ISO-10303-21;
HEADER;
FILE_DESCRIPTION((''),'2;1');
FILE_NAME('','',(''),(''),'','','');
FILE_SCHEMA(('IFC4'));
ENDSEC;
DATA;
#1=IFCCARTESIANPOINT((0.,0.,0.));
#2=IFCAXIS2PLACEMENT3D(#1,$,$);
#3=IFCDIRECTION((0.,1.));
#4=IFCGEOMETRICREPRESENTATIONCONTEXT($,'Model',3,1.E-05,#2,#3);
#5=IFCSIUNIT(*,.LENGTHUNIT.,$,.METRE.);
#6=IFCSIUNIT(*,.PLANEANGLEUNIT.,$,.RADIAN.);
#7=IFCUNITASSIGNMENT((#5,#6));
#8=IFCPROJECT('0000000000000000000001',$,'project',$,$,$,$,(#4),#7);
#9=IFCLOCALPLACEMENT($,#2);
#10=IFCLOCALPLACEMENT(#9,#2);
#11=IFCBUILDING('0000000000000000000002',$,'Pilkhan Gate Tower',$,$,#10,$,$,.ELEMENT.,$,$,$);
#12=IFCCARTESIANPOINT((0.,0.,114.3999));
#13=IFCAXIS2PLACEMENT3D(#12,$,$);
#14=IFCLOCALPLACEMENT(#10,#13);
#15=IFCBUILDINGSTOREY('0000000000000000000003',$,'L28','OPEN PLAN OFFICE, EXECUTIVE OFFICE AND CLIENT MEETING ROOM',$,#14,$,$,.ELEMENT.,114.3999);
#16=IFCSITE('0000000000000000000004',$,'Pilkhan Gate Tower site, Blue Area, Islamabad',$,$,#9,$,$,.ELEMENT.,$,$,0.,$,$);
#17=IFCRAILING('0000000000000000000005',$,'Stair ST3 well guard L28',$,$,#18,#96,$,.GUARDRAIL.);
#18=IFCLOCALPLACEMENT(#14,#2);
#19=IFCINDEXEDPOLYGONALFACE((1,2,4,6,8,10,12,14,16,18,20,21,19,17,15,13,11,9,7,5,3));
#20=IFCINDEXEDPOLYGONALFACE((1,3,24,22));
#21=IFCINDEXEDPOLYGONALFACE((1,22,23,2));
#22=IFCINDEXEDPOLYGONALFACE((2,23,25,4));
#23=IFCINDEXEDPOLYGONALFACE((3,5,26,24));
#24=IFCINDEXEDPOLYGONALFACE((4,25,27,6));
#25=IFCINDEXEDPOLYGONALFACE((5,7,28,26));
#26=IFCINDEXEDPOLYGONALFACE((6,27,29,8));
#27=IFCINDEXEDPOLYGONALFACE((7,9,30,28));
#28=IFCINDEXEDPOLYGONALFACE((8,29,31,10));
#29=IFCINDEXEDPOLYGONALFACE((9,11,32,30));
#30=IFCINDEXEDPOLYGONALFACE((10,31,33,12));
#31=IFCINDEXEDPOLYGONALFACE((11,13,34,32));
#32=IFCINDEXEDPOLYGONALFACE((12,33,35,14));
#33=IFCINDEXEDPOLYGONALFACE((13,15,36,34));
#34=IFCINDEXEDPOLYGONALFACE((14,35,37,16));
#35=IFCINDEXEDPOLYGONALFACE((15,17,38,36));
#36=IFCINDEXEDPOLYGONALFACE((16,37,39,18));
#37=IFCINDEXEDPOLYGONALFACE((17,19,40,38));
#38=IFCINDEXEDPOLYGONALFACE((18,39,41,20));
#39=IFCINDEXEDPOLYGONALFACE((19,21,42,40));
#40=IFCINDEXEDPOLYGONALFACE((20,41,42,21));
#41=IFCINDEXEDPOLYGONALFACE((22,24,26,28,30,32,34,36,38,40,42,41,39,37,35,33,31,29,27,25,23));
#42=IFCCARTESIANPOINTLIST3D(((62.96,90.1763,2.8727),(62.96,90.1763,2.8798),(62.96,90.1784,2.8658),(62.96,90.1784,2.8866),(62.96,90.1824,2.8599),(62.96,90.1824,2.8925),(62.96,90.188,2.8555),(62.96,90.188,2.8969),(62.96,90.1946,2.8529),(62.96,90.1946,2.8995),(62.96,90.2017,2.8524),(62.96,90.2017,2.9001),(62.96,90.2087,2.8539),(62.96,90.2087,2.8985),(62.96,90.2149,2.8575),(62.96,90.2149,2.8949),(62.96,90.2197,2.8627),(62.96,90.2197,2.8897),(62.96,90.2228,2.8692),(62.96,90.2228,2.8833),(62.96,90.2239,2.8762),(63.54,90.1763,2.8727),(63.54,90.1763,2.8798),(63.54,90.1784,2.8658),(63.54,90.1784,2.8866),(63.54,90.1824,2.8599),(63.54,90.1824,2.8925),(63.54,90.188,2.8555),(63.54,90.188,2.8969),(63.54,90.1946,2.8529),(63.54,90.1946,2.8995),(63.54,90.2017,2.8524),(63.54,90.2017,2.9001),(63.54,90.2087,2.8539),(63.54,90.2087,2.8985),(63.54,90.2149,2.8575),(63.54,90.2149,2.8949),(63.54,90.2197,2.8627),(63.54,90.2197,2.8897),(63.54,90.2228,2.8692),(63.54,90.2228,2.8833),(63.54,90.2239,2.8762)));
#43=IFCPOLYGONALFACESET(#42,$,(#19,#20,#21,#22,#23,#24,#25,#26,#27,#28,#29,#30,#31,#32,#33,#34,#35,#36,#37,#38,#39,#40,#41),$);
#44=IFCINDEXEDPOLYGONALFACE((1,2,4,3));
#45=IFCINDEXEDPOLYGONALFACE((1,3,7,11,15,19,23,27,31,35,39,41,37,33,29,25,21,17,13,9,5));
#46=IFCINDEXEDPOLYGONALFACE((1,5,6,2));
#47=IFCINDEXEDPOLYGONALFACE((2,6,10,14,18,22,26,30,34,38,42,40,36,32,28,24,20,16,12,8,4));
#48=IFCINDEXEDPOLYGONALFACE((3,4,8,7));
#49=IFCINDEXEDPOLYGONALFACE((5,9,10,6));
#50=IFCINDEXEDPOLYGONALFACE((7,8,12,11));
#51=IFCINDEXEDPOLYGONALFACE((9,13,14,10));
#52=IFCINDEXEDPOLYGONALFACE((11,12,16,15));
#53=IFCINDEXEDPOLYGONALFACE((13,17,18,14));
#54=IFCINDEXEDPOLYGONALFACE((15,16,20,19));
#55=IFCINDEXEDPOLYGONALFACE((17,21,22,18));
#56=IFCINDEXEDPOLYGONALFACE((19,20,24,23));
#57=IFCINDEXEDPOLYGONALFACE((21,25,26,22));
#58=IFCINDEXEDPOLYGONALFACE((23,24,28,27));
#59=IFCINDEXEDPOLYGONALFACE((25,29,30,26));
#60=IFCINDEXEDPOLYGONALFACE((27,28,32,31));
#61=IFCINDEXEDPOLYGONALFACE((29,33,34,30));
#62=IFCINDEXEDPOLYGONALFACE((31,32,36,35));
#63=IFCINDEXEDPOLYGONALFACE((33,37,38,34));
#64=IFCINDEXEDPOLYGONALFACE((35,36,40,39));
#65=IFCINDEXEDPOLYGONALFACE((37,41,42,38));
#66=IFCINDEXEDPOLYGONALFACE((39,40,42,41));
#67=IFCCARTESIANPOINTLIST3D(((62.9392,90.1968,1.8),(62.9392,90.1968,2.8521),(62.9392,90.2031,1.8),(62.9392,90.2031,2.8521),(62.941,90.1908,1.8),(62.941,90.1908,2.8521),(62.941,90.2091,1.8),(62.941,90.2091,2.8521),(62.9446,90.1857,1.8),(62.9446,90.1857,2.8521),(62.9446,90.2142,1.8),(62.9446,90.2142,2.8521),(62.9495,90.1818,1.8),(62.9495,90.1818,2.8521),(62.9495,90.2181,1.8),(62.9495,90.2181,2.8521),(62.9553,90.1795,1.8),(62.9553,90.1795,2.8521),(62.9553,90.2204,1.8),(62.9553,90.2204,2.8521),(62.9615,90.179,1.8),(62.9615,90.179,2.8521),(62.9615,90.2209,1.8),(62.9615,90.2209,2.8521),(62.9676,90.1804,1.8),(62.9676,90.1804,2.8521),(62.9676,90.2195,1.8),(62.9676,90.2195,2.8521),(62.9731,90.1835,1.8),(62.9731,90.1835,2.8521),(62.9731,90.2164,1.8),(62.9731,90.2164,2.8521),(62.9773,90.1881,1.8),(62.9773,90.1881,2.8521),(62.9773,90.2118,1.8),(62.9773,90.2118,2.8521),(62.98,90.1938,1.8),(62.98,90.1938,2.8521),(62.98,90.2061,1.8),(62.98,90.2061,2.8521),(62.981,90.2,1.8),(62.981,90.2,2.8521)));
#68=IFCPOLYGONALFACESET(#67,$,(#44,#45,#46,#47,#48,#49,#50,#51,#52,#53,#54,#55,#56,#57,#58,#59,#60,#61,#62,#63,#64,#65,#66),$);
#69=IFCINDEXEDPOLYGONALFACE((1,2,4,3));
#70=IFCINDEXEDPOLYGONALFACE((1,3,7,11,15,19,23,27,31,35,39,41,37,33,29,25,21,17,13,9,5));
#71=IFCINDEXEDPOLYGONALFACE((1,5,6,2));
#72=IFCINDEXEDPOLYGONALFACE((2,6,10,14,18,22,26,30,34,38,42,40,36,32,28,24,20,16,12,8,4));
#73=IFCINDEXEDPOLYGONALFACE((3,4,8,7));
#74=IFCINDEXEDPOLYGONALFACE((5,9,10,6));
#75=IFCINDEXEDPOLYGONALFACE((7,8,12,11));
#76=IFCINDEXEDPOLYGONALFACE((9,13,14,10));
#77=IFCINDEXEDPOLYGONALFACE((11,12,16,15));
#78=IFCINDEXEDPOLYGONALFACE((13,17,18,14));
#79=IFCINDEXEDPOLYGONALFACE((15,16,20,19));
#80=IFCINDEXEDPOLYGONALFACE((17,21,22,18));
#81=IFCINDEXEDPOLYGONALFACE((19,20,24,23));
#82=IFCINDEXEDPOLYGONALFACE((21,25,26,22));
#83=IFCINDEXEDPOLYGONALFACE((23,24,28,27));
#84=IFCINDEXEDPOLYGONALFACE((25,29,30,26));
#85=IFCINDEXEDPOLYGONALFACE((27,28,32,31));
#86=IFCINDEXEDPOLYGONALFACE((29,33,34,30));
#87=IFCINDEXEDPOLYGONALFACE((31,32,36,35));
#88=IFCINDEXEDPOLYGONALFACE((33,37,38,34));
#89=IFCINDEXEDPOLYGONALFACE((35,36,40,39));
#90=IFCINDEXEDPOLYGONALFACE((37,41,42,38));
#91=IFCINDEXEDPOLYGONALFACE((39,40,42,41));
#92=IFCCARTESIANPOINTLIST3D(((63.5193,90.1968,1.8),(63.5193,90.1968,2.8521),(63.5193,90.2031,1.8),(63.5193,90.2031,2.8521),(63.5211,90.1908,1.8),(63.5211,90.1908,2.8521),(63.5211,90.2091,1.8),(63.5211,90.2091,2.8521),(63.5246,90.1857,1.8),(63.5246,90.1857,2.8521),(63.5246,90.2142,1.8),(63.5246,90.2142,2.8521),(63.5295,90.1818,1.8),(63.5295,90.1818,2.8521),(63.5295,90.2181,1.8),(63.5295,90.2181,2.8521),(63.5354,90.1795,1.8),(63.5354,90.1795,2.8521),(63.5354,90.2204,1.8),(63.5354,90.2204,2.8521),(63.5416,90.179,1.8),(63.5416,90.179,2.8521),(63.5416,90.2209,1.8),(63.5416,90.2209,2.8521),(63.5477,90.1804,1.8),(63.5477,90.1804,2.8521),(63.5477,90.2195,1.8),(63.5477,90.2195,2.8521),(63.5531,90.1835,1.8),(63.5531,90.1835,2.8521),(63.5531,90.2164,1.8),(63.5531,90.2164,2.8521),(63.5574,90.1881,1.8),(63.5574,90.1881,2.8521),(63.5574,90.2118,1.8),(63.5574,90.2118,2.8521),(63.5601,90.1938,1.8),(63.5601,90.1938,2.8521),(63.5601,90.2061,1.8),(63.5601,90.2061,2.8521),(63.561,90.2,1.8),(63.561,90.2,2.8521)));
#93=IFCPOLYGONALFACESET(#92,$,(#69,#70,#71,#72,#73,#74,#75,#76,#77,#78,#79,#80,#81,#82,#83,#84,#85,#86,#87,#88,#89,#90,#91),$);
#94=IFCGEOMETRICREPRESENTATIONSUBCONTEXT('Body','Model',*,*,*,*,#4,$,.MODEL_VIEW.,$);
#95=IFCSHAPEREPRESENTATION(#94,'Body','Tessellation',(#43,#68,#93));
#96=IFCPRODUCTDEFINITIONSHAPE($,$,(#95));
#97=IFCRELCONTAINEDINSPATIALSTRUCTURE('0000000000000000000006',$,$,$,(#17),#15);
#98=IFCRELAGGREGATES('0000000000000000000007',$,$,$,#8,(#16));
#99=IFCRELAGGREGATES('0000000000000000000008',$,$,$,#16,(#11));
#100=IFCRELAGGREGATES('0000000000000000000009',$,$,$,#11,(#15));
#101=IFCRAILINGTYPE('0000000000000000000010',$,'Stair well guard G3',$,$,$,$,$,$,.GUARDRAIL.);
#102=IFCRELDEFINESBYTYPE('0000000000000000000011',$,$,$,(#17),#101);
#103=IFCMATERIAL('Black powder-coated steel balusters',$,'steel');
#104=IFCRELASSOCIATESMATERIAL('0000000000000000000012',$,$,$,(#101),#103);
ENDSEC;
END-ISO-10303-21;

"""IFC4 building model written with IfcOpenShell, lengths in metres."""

from ifc_helpers import new_model, si_unit, direction, frame, origin, origin_2d, place, context, subcontext, project, spatial, circle, extrude, material, type_object, element, save


model = new_model("IFC4")

# Units and contexts
model_context = context("Model", 3, precision=1e-05, world=origin(), true_north=direction((0.0, 1.0)))
body_context = subcontext(model_context, "Body", "Model", "MODEL_VIEW")
ifc_project = project(units=[si_unit("LENGTHUNIT", "METRE"), si_unit("PLANEANGLEUNIT", "RADIAN")], contexts=[model_context])

# Site, building, storey
site_placement = place(None, origin())
site = spatial("IfcSite", under=ifc_project, at=site_placement, Name="Pilkhan Gate Tower site, Blue Area, Islamabad", CompositionType="ELEMENT", RefElevation=0.0)
building_placement = place(site_placement, origin())
building = spatial("IfcBuilding", under=site, at=building_placement, Name="Pilkhan Gate Tower", CompositionType="ELEMENT")
storey_placement = place(building_placement, frame((0.0, 0.0, 114.3999)))
storey = spatial("IfcBuildingStorey", under=building, at=storey_placement, Name="L28", Description="OPEN PLAN OFFICE, EXECUTIVE OFFICE AND CLIENT MEETING ROOM", CompositionType="ELEMENT", Elevation=114.3999)

# Railing
ifc_material_1 = material(Name="Black powder-coated steel balusters", Category="steel")
railing_type_1 = type_object("IfcRailingType", Name="Stair well guard G3", PredefinedType="GUARDRAIL", material=ifc_material_1)
for number, where, name in (
    (1, (62.96, 90.2, 1.8), "Stair ST3 well guard L28"),
):
    element("IfcRailing", number, at=place(storey_placement, frame(where)), inside=storey, type_object=railing_type_1, Name=name, PredefinedType="GUARDRAIL", context=body_context, shape_type="SweptSolid", body=[
        extrude(circle(Radius=0.0239, at=origin_2d()), frame((0.0, 0.0, 1.0762), z_axis=(1.0, 0.0, 0.0), x_axis=(0.0, 1.0, 0.0)), (0.0, 0.0, 1.0), 0.5801),
        extrude(circle(Radius=0.021, at=origin_2d()), origin(), (0.0, 0.0, 1.0), 1.052),
        extrude(circle(Radius=0.021, at=origin_2d()), frame((0.5801, 0.0, 0.0)), (0.0, 0.0, 1.0), 1.052),
    ])

save(model, "model.ifc")
